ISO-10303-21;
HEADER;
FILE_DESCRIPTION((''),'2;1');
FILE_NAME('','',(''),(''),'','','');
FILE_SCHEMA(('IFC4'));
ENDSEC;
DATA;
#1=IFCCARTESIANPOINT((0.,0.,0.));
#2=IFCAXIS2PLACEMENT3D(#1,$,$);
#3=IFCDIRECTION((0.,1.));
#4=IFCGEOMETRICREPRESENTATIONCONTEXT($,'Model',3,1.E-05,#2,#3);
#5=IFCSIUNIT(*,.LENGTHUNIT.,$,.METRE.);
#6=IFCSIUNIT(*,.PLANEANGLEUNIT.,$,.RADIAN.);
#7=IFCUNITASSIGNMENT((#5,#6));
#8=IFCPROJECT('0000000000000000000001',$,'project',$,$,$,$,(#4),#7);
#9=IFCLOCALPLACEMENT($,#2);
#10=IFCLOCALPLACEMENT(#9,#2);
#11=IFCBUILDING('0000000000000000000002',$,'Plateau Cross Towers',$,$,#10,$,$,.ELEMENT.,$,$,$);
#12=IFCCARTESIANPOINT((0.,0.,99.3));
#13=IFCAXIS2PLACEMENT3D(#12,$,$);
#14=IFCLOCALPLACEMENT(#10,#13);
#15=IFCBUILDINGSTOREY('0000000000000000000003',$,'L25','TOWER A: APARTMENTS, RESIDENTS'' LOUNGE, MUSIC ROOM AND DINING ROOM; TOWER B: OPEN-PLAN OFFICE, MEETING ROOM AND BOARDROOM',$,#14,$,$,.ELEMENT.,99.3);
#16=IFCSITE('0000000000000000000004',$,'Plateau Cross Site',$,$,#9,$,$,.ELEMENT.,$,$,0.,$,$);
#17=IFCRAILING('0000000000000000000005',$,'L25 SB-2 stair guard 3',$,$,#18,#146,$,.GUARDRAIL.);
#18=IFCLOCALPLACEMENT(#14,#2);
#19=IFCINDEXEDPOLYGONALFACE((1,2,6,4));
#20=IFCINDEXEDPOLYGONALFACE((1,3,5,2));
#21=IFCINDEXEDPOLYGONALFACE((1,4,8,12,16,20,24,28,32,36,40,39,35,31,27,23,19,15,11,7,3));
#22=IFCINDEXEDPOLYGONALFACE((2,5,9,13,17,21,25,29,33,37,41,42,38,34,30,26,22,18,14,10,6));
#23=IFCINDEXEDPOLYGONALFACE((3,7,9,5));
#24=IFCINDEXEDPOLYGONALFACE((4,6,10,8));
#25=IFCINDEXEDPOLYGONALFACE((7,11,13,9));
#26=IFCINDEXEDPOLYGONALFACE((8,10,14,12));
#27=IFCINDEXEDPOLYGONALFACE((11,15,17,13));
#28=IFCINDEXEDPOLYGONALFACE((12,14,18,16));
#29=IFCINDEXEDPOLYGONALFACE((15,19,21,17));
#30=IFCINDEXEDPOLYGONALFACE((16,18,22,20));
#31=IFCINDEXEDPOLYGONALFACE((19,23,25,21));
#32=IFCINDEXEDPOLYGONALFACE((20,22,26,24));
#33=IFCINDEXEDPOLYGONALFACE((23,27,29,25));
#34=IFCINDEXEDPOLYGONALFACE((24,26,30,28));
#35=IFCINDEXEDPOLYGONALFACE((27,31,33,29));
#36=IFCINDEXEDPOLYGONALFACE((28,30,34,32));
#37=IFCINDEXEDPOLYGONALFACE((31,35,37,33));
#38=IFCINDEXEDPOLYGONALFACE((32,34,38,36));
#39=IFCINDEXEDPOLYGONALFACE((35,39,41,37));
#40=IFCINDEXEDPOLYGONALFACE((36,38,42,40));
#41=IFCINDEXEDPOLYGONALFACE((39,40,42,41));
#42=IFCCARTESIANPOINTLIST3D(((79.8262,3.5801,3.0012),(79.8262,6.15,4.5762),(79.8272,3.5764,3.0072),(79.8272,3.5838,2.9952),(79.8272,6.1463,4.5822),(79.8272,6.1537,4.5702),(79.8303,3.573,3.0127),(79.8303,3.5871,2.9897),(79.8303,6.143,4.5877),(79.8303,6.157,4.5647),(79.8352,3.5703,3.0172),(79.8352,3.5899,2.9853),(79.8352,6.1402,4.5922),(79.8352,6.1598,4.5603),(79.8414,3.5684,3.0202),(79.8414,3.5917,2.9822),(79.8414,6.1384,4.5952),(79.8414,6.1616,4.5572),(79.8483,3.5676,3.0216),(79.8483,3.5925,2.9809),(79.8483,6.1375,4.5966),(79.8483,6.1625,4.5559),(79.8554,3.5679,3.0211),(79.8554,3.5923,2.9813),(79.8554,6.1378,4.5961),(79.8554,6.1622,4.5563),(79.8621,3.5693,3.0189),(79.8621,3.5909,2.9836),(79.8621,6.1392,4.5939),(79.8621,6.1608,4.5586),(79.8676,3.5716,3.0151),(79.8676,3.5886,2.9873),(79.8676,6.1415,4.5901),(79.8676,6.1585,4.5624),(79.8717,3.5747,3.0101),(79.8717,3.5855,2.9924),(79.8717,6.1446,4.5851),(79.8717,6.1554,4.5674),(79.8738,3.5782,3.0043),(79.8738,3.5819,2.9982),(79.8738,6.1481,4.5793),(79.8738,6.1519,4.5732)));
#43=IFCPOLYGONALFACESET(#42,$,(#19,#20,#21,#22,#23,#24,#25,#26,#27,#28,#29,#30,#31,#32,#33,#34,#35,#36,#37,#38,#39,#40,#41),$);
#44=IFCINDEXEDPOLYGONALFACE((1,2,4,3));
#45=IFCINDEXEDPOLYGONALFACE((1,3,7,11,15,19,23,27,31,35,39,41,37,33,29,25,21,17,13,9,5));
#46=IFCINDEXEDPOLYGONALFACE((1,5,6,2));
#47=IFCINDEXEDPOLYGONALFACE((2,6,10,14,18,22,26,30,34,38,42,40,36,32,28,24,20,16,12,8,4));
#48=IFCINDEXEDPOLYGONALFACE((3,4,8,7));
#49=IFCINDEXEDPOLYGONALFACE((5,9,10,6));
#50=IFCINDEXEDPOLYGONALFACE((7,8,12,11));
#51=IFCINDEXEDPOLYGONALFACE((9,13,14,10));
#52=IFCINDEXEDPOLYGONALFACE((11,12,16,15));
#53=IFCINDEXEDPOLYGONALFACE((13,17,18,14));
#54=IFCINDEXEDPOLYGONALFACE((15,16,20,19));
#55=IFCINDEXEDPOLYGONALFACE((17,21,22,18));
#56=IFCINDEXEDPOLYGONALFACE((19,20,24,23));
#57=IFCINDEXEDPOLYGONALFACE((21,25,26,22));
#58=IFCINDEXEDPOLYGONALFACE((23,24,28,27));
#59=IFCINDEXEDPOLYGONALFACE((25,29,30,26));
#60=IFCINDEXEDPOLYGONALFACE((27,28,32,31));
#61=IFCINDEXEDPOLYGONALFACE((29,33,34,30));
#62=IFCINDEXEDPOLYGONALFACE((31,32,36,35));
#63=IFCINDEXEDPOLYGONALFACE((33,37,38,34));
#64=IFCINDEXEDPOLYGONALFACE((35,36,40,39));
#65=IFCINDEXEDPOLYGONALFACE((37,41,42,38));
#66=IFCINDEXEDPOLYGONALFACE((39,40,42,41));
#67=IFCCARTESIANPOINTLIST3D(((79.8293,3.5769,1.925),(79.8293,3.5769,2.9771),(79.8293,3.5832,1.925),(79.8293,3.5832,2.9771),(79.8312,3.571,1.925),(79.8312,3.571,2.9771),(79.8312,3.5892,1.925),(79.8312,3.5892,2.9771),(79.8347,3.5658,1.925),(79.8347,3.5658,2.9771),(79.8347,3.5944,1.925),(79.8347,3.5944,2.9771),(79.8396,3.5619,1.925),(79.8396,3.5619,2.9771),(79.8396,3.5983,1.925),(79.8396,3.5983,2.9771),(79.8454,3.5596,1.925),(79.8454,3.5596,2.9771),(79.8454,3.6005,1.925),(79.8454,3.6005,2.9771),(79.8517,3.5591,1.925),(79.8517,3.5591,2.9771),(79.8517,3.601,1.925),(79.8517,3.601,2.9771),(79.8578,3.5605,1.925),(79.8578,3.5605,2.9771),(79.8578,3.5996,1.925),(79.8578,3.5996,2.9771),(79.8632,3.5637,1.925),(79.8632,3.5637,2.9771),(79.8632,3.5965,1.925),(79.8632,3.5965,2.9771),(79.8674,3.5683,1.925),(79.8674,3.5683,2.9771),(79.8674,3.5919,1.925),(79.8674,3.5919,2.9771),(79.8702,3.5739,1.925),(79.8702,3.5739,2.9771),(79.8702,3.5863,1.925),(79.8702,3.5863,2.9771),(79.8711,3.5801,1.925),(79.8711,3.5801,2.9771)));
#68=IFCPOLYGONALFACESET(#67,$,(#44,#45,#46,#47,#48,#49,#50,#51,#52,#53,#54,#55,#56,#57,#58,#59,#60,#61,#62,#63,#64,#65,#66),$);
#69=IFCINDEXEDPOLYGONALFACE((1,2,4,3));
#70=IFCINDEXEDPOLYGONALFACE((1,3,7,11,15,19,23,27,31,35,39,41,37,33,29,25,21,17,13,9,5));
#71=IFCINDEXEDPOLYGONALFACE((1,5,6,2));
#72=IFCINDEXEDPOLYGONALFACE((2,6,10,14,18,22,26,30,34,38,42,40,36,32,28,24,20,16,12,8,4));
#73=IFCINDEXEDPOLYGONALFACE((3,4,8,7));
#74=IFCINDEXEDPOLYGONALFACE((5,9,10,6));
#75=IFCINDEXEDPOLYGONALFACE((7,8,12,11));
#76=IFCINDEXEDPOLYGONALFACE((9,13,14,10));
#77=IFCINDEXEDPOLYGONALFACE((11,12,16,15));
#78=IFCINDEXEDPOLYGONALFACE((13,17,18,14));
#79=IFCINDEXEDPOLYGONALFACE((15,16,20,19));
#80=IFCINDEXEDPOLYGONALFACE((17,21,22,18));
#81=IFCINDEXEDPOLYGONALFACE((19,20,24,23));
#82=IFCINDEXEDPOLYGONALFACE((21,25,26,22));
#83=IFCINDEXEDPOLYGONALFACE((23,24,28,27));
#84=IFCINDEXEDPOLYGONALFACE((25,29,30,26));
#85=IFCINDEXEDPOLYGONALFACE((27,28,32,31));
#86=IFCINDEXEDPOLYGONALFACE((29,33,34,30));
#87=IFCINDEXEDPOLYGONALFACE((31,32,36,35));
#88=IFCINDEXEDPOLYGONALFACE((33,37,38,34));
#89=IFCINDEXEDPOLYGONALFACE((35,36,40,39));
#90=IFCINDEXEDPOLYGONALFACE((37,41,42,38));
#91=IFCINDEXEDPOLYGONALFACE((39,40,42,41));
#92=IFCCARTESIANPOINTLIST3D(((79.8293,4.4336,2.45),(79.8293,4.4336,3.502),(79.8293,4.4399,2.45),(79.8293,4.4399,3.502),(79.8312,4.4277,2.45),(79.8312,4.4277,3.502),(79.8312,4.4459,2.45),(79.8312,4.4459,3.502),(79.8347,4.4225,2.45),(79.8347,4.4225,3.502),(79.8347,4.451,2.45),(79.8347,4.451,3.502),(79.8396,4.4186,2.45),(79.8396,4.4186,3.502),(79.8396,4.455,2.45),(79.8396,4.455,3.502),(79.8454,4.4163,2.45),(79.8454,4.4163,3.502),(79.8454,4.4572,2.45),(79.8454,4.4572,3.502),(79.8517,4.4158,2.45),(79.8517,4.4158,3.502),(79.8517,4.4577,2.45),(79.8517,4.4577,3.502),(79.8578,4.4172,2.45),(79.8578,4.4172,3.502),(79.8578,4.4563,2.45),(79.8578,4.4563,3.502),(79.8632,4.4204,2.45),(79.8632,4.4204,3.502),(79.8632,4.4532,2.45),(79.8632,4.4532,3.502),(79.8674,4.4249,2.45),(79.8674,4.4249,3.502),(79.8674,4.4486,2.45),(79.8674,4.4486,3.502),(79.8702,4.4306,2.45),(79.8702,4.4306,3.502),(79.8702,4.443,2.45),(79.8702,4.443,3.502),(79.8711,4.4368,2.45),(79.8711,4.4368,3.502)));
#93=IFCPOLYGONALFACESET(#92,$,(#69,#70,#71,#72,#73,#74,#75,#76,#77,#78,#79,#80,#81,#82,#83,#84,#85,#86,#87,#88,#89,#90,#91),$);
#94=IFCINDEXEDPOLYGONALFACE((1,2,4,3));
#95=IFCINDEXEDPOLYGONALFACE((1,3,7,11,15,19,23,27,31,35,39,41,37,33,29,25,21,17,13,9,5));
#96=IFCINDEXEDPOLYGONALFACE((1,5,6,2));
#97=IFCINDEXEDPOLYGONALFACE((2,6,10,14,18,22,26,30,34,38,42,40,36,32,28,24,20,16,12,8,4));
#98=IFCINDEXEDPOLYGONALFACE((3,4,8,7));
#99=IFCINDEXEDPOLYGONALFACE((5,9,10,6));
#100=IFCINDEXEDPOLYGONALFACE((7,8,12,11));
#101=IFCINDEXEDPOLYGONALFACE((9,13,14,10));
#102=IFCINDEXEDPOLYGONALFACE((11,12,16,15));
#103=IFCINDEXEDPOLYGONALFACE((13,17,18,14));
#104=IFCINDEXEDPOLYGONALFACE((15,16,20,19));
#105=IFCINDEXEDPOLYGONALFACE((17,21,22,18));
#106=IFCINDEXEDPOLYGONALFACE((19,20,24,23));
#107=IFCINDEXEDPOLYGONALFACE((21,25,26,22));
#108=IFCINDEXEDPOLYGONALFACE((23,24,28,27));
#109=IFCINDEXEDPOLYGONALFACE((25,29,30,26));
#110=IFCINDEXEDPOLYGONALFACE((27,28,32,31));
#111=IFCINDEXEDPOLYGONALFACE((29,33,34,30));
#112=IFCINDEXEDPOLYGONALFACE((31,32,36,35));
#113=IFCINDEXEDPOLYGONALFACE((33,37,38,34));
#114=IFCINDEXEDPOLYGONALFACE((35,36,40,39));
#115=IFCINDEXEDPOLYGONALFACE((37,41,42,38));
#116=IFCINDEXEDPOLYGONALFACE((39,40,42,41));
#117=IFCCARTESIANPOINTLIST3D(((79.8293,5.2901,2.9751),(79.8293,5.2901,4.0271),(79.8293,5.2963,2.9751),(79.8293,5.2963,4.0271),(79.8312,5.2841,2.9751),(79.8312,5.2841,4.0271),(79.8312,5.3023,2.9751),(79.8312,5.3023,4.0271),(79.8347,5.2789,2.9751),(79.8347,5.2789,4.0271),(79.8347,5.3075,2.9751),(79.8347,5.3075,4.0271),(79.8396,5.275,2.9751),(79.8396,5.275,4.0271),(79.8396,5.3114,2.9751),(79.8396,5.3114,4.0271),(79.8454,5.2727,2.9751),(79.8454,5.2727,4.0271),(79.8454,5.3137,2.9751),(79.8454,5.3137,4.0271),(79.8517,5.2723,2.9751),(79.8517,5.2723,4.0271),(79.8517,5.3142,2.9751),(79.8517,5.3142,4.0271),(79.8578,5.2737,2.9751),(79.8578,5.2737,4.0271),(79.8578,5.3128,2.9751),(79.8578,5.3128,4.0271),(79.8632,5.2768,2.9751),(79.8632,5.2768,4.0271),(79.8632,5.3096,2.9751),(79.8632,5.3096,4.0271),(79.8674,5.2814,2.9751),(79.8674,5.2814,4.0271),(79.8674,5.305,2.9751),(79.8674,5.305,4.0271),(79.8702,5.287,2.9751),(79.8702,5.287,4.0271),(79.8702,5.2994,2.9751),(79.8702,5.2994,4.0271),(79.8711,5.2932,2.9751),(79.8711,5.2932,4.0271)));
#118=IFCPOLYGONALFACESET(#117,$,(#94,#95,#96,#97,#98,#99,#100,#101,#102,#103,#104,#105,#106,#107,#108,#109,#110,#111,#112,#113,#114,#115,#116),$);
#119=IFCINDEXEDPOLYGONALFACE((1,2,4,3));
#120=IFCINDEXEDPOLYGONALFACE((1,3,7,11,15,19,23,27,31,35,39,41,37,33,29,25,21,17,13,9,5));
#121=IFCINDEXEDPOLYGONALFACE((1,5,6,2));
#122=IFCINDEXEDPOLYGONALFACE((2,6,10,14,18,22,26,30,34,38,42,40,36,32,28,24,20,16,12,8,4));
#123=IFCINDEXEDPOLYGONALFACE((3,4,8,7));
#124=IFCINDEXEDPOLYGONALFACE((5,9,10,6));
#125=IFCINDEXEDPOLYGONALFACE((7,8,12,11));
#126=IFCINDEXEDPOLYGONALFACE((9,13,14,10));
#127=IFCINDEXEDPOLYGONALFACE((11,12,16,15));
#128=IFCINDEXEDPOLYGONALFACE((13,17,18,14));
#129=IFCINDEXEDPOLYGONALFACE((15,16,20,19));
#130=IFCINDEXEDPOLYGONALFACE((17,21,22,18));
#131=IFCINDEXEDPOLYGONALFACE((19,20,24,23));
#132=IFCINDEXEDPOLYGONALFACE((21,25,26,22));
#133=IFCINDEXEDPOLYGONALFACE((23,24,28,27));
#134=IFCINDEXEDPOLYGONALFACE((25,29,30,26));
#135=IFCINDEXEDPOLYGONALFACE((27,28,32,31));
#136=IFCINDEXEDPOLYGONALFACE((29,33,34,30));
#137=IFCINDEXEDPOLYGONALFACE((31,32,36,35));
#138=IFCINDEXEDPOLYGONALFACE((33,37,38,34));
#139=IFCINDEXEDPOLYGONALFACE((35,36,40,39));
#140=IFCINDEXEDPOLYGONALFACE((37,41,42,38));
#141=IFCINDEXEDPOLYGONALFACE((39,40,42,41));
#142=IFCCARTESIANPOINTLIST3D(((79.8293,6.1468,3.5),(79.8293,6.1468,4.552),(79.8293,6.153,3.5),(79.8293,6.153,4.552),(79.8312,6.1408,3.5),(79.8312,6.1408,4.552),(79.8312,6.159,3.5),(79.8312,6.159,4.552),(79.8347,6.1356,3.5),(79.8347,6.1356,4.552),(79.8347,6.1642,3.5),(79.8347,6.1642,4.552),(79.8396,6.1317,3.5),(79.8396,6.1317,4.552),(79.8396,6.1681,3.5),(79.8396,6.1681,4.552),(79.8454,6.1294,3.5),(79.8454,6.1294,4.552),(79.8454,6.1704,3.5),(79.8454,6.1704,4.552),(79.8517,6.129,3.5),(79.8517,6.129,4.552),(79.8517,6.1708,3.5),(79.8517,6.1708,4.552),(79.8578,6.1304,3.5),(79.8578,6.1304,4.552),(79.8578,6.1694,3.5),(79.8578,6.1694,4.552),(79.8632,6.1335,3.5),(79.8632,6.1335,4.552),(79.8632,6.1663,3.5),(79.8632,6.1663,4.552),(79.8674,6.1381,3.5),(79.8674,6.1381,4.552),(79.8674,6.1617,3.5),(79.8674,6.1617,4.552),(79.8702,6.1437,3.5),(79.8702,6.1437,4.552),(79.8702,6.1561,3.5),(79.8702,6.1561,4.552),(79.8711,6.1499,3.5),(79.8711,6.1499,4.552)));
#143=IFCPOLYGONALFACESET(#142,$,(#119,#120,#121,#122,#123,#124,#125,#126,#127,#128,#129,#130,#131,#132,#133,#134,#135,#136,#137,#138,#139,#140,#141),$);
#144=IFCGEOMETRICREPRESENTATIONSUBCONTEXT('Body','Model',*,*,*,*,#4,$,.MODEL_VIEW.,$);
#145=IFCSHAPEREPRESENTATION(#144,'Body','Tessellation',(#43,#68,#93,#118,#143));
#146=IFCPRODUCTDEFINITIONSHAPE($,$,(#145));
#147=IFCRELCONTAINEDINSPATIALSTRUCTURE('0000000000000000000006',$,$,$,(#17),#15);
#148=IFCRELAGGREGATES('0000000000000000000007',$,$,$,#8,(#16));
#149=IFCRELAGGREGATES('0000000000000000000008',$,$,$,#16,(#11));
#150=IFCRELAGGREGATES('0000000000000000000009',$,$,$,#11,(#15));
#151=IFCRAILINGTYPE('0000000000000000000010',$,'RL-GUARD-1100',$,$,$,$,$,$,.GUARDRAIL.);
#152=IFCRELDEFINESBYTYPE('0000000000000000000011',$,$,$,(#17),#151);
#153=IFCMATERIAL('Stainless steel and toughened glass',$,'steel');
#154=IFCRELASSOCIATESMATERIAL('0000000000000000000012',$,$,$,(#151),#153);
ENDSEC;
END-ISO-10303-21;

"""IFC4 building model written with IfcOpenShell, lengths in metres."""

from ifc_helpers import new_model, si_unit, direction, frame, origin, origin_2d, place, context, subcontext, project, spatial, circle, extrude, material, type_object, element, save


model = new_model("IFC4")

# Units and contexts
model_context = context("Model", 3, precision=1e-05, world=origin(), true_north=direction((0.0, 1.0)))
body_context = subcontext(model_context, "Body", "Model", "MODEL_VIEW")
ifc_project = project(units=[si_unit("LENGTHUNIT", "METRE"), si_unit("PLANEANGLEUNIT", "RADIAN")], contexts=[model_context])

# Site, building, storey
site_placement = place(None, origin())
site = spatial("IfcSite", under=ifc_project, at=site_placement, Name="Plateau Cross Site", CompositionType="ELEMENT", RefElevation=0.0)
building_placement = place(site_placement, origin())
building = spatial("IfcBuilding", under=site, at=building_placement, Name="Plateau Cross Towers", CompositionType="ELEMENT")
storey_placement = place(building_placement, frame((0.0, 0.0, 99.3)))
storey = spatial("IfcBuildingStorey", under=building, at=storey_placement, Name="L25", Description="TOWER A: APARTMENTS, RESIDENTS' LOUNGE, MUSIC ROOM AND DINING ROOM; TOWER B: OPEN-PLAN OFFICE, MEETING ROOM AND BOARDROOM", CompositionType="ELEMENT", Elevation=99.3)

# Railing
ifc_material_1 = material(Name="Stainless steel and toughened glass", Category="steel")
railing_type_1 = type_object("IfcRailingType", Name="RL-GUARD-1100", PredefinedType="GUARDRAIL", material=ifc_material_1)
railing_1_placement = place(storey_placement, frame((79.8501, 3.5801, 1.925)))
element("IfcRailing", 1, at=railing_1_placement, inside=storey, type_object=railing_type_1, Name="L25 SB-2 stair guard 3", PredefinedType="GUARDRAIL", context=body_context, shape_type="SweptSolid", body=[
    extrude(circle(Radius=0.0239, at=origin_2d()), frame((0.0, 0.0, 1.0762), z_axis=(0.0, 0.852616, 0.522537), x_axis=(-1.0, 0.0, 0.0)), (0.0, 0.0, 1.0), 3.0142),
    extrude(circle(Radius=0.021, at=origin_2d()), origin(), (0.0, 0.0, 1.0), 1.052),
    extrude(circle(Radius=0.021, at=origin_2d()), frame((0.0, 0.8567, 0.5249)), (0.0, 0.0, 1.0), 1.052),
    extrude(circle(Radius=0.021, at=origin_2d()), frame((0.0, 1.7131, 1.05)), (0.0, 0.0, 1.0), 1.052),
    extrude(circle(Radius=0.021, at=origin_2d()), frame((0.0, 2.5698, 1.575)), (0.0, 0.0, 1.0), 1.052),
])

save(model, "model.ifc")
